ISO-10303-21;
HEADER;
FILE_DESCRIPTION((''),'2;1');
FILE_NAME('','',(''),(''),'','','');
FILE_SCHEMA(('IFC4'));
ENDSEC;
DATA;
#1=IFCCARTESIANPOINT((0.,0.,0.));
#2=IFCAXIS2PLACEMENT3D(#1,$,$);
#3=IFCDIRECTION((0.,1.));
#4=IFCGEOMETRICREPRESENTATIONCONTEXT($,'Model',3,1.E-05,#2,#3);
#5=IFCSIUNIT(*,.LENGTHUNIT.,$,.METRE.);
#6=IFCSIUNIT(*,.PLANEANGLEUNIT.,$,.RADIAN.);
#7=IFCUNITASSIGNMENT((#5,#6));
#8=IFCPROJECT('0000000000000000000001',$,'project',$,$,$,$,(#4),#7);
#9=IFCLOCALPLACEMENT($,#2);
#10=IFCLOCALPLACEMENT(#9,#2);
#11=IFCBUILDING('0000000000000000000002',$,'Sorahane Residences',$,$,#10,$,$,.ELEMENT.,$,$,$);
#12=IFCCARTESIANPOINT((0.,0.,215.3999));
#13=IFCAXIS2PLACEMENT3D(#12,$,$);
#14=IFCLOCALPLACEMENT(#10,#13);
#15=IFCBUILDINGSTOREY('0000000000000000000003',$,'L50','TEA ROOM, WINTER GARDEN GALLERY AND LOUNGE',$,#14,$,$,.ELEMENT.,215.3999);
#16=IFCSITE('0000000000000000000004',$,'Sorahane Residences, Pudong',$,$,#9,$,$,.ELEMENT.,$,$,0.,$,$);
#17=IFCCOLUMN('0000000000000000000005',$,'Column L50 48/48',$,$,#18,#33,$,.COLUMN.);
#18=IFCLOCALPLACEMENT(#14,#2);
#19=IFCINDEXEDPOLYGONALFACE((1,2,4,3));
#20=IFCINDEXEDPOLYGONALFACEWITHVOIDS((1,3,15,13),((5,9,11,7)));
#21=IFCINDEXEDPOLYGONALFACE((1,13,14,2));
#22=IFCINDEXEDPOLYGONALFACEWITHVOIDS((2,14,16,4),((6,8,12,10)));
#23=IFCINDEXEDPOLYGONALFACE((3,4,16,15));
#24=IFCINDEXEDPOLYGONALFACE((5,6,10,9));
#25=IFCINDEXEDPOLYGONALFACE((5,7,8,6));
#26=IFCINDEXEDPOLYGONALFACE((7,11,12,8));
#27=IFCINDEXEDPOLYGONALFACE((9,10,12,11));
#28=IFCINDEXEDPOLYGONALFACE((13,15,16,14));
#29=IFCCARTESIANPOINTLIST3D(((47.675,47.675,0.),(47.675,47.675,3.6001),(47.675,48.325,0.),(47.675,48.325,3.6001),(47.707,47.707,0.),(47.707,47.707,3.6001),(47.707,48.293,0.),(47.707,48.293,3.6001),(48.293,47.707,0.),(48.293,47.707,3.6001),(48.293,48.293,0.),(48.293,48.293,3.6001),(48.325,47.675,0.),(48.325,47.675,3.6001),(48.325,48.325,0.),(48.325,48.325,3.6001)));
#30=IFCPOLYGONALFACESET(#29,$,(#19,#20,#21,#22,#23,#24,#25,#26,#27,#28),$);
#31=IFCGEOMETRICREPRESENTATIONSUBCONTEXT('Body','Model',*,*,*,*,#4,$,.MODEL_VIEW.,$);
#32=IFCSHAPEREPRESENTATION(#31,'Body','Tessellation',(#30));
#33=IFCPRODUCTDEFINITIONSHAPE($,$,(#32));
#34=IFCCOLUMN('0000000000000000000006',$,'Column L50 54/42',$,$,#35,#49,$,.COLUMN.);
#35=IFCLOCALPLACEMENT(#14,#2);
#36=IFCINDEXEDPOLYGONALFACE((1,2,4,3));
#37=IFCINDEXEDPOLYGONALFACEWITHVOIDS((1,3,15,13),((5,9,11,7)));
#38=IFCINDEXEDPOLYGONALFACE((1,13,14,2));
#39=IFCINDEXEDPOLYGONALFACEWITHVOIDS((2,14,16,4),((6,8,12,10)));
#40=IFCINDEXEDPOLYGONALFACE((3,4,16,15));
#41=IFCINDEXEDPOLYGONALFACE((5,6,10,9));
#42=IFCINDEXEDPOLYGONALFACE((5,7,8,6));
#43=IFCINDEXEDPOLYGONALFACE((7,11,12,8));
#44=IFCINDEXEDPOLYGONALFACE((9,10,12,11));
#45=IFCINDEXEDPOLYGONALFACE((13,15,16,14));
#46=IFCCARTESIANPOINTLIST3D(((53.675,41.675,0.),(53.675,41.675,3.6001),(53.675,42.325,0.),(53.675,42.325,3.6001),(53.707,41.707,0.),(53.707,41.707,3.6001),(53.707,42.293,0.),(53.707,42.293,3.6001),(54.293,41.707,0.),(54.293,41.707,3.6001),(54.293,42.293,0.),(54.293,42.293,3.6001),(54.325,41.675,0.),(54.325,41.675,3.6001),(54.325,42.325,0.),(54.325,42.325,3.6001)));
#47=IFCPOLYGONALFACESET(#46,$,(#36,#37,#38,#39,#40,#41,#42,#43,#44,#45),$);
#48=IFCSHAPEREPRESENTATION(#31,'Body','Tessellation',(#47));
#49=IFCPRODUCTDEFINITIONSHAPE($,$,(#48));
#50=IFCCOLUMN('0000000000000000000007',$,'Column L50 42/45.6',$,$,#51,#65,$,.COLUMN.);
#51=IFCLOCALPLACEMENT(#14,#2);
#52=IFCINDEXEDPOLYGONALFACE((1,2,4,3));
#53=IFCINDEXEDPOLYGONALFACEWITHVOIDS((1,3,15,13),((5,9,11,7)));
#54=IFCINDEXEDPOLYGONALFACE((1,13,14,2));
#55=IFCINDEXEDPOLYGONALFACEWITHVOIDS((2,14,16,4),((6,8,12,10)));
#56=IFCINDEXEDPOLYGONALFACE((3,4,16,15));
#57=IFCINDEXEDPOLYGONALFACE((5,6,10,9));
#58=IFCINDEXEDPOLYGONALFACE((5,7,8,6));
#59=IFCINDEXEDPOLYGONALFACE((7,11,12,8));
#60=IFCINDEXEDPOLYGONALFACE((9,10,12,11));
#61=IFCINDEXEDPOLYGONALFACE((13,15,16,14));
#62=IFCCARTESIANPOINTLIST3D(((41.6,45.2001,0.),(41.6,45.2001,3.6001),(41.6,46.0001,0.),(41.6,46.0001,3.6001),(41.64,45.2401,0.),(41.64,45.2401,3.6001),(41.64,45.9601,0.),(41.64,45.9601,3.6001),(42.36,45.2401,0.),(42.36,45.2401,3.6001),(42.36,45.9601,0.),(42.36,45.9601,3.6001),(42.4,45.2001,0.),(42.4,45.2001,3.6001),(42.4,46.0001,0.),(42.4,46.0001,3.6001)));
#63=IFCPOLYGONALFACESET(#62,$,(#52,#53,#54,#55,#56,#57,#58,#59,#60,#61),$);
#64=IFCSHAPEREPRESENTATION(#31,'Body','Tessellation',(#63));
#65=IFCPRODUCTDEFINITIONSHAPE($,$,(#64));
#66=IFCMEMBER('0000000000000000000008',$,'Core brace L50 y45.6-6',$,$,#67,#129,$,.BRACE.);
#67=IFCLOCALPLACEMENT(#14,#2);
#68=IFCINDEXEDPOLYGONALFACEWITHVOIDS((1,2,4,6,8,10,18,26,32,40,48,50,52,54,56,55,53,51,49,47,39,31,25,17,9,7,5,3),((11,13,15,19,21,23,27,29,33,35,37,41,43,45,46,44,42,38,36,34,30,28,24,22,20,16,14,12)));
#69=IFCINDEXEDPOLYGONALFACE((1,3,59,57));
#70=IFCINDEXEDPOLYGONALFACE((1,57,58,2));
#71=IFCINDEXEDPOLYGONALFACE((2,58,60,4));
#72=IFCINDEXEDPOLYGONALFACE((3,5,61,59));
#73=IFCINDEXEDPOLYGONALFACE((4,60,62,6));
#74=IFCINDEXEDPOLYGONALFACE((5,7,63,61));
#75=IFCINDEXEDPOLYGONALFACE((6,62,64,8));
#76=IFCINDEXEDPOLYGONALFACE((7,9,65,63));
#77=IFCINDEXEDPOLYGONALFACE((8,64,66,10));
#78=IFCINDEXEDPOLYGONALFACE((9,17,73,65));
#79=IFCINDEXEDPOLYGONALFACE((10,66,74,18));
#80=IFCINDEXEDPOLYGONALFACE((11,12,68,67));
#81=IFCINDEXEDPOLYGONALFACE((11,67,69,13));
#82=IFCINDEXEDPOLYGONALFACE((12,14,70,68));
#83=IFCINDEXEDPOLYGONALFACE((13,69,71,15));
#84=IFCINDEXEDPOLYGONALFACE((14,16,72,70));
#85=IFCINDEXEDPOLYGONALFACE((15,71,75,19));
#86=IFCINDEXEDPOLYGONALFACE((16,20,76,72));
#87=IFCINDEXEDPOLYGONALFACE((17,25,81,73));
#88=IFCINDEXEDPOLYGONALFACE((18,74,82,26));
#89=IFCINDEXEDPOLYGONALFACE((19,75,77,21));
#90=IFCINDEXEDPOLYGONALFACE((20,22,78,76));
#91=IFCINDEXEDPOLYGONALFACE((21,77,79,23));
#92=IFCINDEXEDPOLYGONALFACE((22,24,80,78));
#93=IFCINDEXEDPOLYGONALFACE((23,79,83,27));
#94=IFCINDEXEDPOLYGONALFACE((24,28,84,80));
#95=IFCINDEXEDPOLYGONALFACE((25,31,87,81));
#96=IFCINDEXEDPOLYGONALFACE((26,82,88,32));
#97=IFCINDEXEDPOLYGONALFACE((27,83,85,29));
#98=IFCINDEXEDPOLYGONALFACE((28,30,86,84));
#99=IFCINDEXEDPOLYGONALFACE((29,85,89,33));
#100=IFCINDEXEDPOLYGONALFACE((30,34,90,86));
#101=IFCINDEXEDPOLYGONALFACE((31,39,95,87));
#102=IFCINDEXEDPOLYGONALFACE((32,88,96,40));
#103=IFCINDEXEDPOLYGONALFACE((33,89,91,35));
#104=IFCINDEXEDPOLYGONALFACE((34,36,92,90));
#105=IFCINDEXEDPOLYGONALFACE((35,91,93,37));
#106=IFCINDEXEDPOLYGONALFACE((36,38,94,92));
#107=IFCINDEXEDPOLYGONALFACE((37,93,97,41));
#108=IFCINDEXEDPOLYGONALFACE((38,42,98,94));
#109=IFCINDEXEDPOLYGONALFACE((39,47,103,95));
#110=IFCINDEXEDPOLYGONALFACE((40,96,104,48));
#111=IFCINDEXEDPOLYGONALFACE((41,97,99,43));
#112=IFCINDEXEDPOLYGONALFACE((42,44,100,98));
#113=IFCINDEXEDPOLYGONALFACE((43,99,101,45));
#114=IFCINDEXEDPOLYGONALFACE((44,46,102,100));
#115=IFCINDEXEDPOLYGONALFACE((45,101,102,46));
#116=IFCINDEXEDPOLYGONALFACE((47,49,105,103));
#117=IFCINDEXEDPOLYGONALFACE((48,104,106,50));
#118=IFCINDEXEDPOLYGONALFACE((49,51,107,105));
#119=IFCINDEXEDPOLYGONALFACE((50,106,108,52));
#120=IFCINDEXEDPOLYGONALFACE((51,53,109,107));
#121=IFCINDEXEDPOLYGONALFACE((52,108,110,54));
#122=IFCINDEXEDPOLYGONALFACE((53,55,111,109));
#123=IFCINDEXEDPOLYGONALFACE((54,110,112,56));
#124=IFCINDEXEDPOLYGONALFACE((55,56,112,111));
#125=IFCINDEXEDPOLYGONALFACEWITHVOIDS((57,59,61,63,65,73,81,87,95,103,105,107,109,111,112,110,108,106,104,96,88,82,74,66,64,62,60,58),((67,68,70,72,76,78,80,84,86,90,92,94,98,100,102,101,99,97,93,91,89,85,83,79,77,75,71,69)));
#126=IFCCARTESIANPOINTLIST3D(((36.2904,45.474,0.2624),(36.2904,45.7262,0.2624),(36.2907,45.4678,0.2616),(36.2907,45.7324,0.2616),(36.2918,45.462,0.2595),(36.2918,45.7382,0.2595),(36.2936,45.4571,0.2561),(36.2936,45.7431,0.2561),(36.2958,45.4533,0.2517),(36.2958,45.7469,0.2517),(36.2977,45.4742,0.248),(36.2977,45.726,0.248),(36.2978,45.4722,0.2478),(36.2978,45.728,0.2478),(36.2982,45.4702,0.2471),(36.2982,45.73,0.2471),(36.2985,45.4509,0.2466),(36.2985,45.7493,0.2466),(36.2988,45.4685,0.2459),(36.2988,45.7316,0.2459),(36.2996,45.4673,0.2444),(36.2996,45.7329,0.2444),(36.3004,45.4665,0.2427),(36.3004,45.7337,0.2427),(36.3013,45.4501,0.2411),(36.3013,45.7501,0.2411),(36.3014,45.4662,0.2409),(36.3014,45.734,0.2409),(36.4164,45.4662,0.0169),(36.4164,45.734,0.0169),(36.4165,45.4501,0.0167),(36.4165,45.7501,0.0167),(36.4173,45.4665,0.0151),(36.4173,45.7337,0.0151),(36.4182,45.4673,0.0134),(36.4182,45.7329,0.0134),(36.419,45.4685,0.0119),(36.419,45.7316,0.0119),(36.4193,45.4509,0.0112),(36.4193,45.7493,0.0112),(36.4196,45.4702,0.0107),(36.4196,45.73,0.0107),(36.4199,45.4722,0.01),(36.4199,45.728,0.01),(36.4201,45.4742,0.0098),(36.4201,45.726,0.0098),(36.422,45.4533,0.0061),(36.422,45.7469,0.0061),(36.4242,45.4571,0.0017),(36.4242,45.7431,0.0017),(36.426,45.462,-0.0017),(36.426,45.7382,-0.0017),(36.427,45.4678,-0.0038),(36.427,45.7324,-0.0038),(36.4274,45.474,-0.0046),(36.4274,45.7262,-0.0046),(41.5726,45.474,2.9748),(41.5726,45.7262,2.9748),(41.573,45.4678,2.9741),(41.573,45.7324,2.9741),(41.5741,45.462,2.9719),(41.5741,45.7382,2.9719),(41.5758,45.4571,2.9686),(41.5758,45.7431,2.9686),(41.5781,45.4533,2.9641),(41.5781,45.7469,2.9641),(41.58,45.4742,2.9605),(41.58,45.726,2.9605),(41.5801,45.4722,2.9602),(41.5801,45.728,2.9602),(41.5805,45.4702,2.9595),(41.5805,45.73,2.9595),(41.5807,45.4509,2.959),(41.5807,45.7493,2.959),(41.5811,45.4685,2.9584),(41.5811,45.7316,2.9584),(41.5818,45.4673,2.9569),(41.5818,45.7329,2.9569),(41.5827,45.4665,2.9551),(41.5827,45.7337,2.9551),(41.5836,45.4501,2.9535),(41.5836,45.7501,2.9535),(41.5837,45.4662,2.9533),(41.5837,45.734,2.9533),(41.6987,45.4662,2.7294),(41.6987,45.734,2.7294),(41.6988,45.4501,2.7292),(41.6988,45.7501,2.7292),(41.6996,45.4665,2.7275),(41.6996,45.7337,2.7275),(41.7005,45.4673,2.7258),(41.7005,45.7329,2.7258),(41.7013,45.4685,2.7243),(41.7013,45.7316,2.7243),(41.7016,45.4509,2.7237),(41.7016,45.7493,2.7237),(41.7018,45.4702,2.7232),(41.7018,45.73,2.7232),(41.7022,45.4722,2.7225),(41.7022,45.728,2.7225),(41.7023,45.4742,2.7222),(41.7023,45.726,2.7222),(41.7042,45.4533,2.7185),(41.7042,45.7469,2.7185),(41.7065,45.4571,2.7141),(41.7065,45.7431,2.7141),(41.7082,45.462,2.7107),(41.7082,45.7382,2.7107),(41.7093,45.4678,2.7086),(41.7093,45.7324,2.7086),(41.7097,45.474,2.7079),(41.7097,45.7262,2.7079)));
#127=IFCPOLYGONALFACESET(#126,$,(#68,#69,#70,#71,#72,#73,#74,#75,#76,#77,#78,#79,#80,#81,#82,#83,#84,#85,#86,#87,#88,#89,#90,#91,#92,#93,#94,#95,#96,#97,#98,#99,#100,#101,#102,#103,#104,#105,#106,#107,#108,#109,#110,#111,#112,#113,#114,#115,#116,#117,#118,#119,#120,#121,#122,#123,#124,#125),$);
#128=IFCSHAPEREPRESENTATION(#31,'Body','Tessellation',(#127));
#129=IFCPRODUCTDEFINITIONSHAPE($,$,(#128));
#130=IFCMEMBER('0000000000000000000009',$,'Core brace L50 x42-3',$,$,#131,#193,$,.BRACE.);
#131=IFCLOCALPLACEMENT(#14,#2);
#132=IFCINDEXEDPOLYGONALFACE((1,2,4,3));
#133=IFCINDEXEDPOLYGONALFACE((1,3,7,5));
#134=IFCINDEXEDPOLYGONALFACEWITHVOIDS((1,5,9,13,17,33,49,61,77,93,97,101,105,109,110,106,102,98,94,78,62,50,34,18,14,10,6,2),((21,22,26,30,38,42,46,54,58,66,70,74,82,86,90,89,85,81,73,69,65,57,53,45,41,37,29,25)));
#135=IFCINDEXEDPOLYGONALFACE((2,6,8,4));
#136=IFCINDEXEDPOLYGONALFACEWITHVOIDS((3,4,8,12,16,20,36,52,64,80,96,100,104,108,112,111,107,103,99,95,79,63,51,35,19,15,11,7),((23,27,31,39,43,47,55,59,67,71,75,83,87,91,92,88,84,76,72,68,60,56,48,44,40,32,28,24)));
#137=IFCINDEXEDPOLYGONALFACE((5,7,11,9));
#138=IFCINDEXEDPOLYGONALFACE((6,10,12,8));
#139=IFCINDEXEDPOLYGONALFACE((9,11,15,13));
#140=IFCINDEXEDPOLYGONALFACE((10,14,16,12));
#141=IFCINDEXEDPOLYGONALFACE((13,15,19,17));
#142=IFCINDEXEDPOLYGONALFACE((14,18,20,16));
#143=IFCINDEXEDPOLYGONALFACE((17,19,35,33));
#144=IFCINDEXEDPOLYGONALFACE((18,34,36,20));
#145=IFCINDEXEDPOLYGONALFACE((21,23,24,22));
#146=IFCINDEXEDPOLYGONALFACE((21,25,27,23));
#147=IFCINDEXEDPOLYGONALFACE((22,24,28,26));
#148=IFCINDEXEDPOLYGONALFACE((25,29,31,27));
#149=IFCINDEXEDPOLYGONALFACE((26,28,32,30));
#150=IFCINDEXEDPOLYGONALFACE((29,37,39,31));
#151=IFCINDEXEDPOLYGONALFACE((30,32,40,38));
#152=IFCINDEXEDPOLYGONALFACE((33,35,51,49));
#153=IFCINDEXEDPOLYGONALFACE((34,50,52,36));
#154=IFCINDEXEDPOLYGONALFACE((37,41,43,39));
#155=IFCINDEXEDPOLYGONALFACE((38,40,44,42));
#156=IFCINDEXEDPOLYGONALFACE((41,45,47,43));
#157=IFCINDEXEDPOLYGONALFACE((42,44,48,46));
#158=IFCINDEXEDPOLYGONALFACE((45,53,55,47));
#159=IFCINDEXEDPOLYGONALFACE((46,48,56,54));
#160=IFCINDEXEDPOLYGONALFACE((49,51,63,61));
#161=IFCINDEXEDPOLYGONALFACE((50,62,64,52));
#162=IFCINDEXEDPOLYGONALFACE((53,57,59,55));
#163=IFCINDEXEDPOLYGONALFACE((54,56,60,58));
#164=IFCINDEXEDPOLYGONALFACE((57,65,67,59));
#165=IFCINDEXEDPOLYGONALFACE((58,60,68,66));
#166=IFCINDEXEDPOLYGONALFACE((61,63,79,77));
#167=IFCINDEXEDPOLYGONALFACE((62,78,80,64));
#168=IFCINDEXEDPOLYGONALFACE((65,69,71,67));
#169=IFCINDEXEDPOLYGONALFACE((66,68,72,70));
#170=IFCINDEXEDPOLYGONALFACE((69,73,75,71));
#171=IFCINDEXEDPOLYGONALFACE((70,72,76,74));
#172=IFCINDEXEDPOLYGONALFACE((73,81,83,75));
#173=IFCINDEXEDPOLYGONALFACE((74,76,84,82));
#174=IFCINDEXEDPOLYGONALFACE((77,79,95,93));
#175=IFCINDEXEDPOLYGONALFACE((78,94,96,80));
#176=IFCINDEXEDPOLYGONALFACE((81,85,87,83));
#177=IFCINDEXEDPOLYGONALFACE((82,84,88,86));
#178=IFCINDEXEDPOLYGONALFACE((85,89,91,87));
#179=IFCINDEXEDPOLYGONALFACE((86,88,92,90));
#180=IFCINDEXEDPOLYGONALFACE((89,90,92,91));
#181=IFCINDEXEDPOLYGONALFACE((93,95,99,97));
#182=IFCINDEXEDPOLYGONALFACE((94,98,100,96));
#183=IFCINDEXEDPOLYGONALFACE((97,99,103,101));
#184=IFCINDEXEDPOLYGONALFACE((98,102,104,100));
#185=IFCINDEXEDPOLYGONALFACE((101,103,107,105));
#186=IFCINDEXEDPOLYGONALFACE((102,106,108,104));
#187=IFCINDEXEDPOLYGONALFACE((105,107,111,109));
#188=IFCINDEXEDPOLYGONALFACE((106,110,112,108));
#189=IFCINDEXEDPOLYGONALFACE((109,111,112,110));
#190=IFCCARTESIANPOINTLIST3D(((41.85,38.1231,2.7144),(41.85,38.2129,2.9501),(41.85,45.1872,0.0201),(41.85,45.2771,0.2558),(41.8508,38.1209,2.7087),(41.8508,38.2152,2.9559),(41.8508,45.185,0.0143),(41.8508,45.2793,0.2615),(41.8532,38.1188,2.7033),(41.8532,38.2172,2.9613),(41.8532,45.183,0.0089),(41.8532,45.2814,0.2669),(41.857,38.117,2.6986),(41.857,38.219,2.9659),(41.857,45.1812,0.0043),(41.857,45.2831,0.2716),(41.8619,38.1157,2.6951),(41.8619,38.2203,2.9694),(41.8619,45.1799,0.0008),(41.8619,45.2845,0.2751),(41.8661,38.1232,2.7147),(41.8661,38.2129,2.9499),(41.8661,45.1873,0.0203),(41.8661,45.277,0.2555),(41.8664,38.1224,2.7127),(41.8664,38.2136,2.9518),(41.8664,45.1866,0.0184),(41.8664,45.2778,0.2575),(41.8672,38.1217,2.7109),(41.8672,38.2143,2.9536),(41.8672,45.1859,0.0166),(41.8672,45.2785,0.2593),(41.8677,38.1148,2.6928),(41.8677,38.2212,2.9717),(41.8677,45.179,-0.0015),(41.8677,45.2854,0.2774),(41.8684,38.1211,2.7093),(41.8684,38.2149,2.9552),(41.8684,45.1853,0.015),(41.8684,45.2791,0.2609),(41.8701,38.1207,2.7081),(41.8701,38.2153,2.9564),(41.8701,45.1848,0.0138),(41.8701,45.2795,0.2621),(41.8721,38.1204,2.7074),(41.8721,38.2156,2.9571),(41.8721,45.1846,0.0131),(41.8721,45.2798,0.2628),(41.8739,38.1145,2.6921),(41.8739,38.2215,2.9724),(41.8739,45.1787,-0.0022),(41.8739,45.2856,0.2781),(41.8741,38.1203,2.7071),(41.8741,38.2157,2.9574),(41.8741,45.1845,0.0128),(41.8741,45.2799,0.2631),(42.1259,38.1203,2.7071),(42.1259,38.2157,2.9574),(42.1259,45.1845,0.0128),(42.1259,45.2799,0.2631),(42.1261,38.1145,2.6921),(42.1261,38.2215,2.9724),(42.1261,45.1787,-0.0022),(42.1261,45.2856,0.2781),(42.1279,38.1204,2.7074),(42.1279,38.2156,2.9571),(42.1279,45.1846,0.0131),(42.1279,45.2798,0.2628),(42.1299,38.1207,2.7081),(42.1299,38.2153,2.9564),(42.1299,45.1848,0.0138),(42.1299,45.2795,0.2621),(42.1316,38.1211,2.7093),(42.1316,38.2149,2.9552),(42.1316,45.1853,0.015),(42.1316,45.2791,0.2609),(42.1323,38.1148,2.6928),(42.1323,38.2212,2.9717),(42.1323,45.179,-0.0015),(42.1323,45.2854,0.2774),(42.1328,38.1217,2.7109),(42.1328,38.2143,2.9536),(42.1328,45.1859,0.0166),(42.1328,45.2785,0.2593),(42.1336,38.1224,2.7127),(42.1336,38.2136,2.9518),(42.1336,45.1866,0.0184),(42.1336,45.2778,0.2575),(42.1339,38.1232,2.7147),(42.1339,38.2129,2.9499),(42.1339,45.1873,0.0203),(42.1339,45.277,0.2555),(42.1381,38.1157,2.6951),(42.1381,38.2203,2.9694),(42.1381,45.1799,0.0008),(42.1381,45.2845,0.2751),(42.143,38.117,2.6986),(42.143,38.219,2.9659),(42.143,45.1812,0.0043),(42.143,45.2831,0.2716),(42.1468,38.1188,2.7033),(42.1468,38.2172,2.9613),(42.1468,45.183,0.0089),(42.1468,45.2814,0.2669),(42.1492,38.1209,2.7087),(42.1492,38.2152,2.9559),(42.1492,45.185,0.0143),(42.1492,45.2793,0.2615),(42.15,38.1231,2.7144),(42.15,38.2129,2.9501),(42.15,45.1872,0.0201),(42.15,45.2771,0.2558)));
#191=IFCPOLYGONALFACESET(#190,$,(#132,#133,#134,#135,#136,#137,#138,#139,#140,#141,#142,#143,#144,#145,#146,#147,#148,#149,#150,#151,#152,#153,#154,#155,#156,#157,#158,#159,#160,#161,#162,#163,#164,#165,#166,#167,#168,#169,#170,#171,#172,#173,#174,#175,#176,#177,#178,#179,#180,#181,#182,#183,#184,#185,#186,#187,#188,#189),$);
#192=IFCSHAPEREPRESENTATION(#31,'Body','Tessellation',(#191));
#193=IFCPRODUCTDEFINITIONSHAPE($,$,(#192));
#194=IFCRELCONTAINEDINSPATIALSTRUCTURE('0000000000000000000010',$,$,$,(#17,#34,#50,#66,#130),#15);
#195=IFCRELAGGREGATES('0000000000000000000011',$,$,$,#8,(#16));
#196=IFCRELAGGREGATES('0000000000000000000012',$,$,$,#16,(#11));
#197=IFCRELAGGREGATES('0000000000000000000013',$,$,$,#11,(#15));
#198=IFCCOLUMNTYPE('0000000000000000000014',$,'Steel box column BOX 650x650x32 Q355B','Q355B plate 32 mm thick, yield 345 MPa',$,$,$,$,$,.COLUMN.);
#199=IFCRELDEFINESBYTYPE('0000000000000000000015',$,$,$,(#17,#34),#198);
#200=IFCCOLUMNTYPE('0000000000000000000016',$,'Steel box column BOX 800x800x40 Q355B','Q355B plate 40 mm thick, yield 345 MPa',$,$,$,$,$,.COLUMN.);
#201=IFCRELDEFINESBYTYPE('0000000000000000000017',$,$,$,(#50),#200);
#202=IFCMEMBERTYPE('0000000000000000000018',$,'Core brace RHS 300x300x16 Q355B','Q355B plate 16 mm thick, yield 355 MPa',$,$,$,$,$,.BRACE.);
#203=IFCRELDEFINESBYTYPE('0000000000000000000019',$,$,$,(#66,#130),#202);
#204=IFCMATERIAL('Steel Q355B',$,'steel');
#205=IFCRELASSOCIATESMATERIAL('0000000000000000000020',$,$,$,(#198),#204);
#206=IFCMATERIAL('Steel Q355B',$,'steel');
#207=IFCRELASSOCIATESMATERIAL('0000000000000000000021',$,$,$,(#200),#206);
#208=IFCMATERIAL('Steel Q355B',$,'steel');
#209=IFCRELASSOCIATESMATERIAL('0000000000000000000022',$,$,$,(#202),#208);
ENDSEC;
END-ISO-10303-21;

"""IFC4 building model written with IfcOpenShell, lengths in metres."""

from ifc_helpers import new_model, si_unit, direction, frame, origin, origin_2d, place, context, subcontext, project, spatial, hollow_rectangle, extrude, material, material_profile, profile_set, type_object, element, save


model = new_model("IFC4")

# Units and contexts
model_context = context("Model", 3, precision=1e-05, world=origin(), true_north=direction((0.0, 1.0)))
body_context = subcontext(model_context, "Body", "Model", "MODEL_VIEW")
ifc_project = project(units=[si_unit("LENGTHUNIT", "METRE"), si_unit("PLANEANGLEUNIT", "RADIAN")], contexts=[model_context])

# Site, building, storey
site_placement = place(None, origin())
site = spatial("IfcSite", under=ifc_project, at=site_placement, Name="Sorahane Residences, Pudong", CompositionType="ELEMENT", RefElevation=0.0)
building_placement = place(site_placement, origin())
building = spatial("IfcBuilding", under=site, at=building_placement, Name="Sorahane Residences", CompositionType="ELEMENT")
storey_placement = place(building_placement, frame((0.0, 0.0, 215.3999)))
storey = spatial("IfcBuildingStorey", under=building, at=storey_placement, Name="L50", Description="TEA ROOM, WINTER GARDEN GALLERY AND LOUNGE", CompositionType="ELEMENT", Elevation=215.3999)

# Columns
ifc_material_1 = material(Name="Steel Q355B", Category="steel")
ifc_material_profile_1 = material_profile(ifc_material_1, hollow_rectangle(XDim=0.6499, YDim=0.6499, WallThickness=0.032, at=origin_2d()), Name="BOX 650x650x32")
ifc_profile_set_1 = profile_set([ifc_material_profile_1], Name="Steel Q355B")
column_type_1 = type_object("IfcColumnType", Name="Steel box column BOX 650x650x32 Q355B", Description="Q355B plate 32 mm thick, yield 345 MPa", PredefinedType="COLUMN", material=ifc_profile_set_1)
for number, where, z_axis, x_axis, name in (
    (1, (48.0, 48.0, 0.0), (0.0, 0.0, 1.0), (1.0, 0.0, 0.0), "Column L50 48/48"),
    (2, (54.0, 42.0, 0.0), (0.0, 0.0, 1.0), (1.0, 0.0, 0.0), "Column L50 54/42"),
):
    element("IfcColumn", number, at=place(storey_placement, frame(where, z_axis=z_axis, x_axis=x_axis)), inside=storey, type_object=column_type_1, Name=name, PredefinedType="COLUMN", context=body_context, shape_type="SweptSolid", body=[
        extrude(hollow_rectangle(XDim=0.6499, YDim=0.6499, WallThickness=0.032, at=origin_2d()), origin(), (0.0, 0.0, 1.0), 3.6001),
    ])
ifc_material_2 = material(Name="Steel Q355B", Category="steel")
ifc_material_profile_2 = material_profile(ifc_material_2, hollow_rectangle(XDim=0.8, YDim=0.8, WallThickness=0.04, at=origin_2d()), Name="BOX 800x800x40")
ifc_profile_set_2 = profile_set([ifc_material_profile_2], Name="Steel Q355B")
column_type_2 = type_object("IfcColumnType", Name="Steel box column BOX 800x800x40 Q355B", Description="Q355B plate 40 mm thick, yield 345 MPa", PredefinedType="COLUMN", material=ifc_profile_set_2)
column_placement = place(storey_placement, frame((42.0, 45.6001, 0.0), z_axis=(0.0, 0.0, 1.0), x_axis=(1.0, 0.0, 0.0)))
element("IfcColumn", 3, at=column_placement, inside=storey, type_object=column_type_2, Name="Column L50 42/45.6", PredefinedType="COLUMN", context=body_context, shape_type="SweptSolid", body=[
    extrude(hollow_rectangle(XDim=0.8, YDim=0.8, WallThickness=0.04, at=origin_2d()), origin(), (0.0, 0.0, 1.0), 3.6001),
])

# Members
ifc_material_3 = material(Name="Steel Q355B", Category="steel")
ifc_material_profile_3 = material_profile(ifc_material_3, hollow_rectangle(XDim=0.3, YDim=0.3, WallThickness=0.0161, InnerFilletRadius=0.0081, OuterFilletRadius=0.0239, at=origin_2d()), Name="RHS 300x300x16")
ifc_profile_set_3 = profile_set([ifc_material_profile_3], Name="Steel Q355B")
member_type_1 = type_object("IfcMemberType", Name="Core brace RHS 300x300x16 Q355B", Description="Q355B plate 16 mm thick, yield 355 MPa", PredefinedType="BRACE", material=ifc_profile_set_3)
member_1_placement = place(storey_placement, frame((36.3589, 45.6001, 0.1289), z_axis=(0.889573, 0.0, 0.456792), x_axis=(0.0, 1.0, 0.0)))
element("IfcMember", 4, at=member_1_placement, inside=storey, type_object=member_type_1, Name="Core brace L50 y45.6-6", PredefinedType="BRACE", context=body_context, shape_type="SweptSolid", body=[
    extrude(hollow_rectangle(XDim=0.3, YDim=0.3, WallThickness=0.0161, InnerFilletRadius=0.0081, OuterFilletRadius=0.0239, at=origin_2d()), origin(), (0.0, 0.0, 1.0), 5.938),
])
member_2_placement = place(storey_placement, frame((42.0, 45.2322, 0.1379), z_axis=(0.0, -0.934346, 0.356366), x_axis=(1.0, 0.0, 0.0)))
element("IfcMember", 5, at=member_2_placement, inside=storey, type_object=member_type_1, Name="Core brace L50 x42-3", PredefinedType="BRACE", context=body_context, shape_type="SweptSolid", body=[
    extrude(hollow_rectangle(XDim=0.3, YDim=0.3, WallThickness=0.0161, InnerFilletRadius=0.0081, OuterFilletRadius=0.0239, at=origin_2d()), origin(), (0.0, 0.0, 1.0), 7.5605),
])

save(model, "model.ifc")
